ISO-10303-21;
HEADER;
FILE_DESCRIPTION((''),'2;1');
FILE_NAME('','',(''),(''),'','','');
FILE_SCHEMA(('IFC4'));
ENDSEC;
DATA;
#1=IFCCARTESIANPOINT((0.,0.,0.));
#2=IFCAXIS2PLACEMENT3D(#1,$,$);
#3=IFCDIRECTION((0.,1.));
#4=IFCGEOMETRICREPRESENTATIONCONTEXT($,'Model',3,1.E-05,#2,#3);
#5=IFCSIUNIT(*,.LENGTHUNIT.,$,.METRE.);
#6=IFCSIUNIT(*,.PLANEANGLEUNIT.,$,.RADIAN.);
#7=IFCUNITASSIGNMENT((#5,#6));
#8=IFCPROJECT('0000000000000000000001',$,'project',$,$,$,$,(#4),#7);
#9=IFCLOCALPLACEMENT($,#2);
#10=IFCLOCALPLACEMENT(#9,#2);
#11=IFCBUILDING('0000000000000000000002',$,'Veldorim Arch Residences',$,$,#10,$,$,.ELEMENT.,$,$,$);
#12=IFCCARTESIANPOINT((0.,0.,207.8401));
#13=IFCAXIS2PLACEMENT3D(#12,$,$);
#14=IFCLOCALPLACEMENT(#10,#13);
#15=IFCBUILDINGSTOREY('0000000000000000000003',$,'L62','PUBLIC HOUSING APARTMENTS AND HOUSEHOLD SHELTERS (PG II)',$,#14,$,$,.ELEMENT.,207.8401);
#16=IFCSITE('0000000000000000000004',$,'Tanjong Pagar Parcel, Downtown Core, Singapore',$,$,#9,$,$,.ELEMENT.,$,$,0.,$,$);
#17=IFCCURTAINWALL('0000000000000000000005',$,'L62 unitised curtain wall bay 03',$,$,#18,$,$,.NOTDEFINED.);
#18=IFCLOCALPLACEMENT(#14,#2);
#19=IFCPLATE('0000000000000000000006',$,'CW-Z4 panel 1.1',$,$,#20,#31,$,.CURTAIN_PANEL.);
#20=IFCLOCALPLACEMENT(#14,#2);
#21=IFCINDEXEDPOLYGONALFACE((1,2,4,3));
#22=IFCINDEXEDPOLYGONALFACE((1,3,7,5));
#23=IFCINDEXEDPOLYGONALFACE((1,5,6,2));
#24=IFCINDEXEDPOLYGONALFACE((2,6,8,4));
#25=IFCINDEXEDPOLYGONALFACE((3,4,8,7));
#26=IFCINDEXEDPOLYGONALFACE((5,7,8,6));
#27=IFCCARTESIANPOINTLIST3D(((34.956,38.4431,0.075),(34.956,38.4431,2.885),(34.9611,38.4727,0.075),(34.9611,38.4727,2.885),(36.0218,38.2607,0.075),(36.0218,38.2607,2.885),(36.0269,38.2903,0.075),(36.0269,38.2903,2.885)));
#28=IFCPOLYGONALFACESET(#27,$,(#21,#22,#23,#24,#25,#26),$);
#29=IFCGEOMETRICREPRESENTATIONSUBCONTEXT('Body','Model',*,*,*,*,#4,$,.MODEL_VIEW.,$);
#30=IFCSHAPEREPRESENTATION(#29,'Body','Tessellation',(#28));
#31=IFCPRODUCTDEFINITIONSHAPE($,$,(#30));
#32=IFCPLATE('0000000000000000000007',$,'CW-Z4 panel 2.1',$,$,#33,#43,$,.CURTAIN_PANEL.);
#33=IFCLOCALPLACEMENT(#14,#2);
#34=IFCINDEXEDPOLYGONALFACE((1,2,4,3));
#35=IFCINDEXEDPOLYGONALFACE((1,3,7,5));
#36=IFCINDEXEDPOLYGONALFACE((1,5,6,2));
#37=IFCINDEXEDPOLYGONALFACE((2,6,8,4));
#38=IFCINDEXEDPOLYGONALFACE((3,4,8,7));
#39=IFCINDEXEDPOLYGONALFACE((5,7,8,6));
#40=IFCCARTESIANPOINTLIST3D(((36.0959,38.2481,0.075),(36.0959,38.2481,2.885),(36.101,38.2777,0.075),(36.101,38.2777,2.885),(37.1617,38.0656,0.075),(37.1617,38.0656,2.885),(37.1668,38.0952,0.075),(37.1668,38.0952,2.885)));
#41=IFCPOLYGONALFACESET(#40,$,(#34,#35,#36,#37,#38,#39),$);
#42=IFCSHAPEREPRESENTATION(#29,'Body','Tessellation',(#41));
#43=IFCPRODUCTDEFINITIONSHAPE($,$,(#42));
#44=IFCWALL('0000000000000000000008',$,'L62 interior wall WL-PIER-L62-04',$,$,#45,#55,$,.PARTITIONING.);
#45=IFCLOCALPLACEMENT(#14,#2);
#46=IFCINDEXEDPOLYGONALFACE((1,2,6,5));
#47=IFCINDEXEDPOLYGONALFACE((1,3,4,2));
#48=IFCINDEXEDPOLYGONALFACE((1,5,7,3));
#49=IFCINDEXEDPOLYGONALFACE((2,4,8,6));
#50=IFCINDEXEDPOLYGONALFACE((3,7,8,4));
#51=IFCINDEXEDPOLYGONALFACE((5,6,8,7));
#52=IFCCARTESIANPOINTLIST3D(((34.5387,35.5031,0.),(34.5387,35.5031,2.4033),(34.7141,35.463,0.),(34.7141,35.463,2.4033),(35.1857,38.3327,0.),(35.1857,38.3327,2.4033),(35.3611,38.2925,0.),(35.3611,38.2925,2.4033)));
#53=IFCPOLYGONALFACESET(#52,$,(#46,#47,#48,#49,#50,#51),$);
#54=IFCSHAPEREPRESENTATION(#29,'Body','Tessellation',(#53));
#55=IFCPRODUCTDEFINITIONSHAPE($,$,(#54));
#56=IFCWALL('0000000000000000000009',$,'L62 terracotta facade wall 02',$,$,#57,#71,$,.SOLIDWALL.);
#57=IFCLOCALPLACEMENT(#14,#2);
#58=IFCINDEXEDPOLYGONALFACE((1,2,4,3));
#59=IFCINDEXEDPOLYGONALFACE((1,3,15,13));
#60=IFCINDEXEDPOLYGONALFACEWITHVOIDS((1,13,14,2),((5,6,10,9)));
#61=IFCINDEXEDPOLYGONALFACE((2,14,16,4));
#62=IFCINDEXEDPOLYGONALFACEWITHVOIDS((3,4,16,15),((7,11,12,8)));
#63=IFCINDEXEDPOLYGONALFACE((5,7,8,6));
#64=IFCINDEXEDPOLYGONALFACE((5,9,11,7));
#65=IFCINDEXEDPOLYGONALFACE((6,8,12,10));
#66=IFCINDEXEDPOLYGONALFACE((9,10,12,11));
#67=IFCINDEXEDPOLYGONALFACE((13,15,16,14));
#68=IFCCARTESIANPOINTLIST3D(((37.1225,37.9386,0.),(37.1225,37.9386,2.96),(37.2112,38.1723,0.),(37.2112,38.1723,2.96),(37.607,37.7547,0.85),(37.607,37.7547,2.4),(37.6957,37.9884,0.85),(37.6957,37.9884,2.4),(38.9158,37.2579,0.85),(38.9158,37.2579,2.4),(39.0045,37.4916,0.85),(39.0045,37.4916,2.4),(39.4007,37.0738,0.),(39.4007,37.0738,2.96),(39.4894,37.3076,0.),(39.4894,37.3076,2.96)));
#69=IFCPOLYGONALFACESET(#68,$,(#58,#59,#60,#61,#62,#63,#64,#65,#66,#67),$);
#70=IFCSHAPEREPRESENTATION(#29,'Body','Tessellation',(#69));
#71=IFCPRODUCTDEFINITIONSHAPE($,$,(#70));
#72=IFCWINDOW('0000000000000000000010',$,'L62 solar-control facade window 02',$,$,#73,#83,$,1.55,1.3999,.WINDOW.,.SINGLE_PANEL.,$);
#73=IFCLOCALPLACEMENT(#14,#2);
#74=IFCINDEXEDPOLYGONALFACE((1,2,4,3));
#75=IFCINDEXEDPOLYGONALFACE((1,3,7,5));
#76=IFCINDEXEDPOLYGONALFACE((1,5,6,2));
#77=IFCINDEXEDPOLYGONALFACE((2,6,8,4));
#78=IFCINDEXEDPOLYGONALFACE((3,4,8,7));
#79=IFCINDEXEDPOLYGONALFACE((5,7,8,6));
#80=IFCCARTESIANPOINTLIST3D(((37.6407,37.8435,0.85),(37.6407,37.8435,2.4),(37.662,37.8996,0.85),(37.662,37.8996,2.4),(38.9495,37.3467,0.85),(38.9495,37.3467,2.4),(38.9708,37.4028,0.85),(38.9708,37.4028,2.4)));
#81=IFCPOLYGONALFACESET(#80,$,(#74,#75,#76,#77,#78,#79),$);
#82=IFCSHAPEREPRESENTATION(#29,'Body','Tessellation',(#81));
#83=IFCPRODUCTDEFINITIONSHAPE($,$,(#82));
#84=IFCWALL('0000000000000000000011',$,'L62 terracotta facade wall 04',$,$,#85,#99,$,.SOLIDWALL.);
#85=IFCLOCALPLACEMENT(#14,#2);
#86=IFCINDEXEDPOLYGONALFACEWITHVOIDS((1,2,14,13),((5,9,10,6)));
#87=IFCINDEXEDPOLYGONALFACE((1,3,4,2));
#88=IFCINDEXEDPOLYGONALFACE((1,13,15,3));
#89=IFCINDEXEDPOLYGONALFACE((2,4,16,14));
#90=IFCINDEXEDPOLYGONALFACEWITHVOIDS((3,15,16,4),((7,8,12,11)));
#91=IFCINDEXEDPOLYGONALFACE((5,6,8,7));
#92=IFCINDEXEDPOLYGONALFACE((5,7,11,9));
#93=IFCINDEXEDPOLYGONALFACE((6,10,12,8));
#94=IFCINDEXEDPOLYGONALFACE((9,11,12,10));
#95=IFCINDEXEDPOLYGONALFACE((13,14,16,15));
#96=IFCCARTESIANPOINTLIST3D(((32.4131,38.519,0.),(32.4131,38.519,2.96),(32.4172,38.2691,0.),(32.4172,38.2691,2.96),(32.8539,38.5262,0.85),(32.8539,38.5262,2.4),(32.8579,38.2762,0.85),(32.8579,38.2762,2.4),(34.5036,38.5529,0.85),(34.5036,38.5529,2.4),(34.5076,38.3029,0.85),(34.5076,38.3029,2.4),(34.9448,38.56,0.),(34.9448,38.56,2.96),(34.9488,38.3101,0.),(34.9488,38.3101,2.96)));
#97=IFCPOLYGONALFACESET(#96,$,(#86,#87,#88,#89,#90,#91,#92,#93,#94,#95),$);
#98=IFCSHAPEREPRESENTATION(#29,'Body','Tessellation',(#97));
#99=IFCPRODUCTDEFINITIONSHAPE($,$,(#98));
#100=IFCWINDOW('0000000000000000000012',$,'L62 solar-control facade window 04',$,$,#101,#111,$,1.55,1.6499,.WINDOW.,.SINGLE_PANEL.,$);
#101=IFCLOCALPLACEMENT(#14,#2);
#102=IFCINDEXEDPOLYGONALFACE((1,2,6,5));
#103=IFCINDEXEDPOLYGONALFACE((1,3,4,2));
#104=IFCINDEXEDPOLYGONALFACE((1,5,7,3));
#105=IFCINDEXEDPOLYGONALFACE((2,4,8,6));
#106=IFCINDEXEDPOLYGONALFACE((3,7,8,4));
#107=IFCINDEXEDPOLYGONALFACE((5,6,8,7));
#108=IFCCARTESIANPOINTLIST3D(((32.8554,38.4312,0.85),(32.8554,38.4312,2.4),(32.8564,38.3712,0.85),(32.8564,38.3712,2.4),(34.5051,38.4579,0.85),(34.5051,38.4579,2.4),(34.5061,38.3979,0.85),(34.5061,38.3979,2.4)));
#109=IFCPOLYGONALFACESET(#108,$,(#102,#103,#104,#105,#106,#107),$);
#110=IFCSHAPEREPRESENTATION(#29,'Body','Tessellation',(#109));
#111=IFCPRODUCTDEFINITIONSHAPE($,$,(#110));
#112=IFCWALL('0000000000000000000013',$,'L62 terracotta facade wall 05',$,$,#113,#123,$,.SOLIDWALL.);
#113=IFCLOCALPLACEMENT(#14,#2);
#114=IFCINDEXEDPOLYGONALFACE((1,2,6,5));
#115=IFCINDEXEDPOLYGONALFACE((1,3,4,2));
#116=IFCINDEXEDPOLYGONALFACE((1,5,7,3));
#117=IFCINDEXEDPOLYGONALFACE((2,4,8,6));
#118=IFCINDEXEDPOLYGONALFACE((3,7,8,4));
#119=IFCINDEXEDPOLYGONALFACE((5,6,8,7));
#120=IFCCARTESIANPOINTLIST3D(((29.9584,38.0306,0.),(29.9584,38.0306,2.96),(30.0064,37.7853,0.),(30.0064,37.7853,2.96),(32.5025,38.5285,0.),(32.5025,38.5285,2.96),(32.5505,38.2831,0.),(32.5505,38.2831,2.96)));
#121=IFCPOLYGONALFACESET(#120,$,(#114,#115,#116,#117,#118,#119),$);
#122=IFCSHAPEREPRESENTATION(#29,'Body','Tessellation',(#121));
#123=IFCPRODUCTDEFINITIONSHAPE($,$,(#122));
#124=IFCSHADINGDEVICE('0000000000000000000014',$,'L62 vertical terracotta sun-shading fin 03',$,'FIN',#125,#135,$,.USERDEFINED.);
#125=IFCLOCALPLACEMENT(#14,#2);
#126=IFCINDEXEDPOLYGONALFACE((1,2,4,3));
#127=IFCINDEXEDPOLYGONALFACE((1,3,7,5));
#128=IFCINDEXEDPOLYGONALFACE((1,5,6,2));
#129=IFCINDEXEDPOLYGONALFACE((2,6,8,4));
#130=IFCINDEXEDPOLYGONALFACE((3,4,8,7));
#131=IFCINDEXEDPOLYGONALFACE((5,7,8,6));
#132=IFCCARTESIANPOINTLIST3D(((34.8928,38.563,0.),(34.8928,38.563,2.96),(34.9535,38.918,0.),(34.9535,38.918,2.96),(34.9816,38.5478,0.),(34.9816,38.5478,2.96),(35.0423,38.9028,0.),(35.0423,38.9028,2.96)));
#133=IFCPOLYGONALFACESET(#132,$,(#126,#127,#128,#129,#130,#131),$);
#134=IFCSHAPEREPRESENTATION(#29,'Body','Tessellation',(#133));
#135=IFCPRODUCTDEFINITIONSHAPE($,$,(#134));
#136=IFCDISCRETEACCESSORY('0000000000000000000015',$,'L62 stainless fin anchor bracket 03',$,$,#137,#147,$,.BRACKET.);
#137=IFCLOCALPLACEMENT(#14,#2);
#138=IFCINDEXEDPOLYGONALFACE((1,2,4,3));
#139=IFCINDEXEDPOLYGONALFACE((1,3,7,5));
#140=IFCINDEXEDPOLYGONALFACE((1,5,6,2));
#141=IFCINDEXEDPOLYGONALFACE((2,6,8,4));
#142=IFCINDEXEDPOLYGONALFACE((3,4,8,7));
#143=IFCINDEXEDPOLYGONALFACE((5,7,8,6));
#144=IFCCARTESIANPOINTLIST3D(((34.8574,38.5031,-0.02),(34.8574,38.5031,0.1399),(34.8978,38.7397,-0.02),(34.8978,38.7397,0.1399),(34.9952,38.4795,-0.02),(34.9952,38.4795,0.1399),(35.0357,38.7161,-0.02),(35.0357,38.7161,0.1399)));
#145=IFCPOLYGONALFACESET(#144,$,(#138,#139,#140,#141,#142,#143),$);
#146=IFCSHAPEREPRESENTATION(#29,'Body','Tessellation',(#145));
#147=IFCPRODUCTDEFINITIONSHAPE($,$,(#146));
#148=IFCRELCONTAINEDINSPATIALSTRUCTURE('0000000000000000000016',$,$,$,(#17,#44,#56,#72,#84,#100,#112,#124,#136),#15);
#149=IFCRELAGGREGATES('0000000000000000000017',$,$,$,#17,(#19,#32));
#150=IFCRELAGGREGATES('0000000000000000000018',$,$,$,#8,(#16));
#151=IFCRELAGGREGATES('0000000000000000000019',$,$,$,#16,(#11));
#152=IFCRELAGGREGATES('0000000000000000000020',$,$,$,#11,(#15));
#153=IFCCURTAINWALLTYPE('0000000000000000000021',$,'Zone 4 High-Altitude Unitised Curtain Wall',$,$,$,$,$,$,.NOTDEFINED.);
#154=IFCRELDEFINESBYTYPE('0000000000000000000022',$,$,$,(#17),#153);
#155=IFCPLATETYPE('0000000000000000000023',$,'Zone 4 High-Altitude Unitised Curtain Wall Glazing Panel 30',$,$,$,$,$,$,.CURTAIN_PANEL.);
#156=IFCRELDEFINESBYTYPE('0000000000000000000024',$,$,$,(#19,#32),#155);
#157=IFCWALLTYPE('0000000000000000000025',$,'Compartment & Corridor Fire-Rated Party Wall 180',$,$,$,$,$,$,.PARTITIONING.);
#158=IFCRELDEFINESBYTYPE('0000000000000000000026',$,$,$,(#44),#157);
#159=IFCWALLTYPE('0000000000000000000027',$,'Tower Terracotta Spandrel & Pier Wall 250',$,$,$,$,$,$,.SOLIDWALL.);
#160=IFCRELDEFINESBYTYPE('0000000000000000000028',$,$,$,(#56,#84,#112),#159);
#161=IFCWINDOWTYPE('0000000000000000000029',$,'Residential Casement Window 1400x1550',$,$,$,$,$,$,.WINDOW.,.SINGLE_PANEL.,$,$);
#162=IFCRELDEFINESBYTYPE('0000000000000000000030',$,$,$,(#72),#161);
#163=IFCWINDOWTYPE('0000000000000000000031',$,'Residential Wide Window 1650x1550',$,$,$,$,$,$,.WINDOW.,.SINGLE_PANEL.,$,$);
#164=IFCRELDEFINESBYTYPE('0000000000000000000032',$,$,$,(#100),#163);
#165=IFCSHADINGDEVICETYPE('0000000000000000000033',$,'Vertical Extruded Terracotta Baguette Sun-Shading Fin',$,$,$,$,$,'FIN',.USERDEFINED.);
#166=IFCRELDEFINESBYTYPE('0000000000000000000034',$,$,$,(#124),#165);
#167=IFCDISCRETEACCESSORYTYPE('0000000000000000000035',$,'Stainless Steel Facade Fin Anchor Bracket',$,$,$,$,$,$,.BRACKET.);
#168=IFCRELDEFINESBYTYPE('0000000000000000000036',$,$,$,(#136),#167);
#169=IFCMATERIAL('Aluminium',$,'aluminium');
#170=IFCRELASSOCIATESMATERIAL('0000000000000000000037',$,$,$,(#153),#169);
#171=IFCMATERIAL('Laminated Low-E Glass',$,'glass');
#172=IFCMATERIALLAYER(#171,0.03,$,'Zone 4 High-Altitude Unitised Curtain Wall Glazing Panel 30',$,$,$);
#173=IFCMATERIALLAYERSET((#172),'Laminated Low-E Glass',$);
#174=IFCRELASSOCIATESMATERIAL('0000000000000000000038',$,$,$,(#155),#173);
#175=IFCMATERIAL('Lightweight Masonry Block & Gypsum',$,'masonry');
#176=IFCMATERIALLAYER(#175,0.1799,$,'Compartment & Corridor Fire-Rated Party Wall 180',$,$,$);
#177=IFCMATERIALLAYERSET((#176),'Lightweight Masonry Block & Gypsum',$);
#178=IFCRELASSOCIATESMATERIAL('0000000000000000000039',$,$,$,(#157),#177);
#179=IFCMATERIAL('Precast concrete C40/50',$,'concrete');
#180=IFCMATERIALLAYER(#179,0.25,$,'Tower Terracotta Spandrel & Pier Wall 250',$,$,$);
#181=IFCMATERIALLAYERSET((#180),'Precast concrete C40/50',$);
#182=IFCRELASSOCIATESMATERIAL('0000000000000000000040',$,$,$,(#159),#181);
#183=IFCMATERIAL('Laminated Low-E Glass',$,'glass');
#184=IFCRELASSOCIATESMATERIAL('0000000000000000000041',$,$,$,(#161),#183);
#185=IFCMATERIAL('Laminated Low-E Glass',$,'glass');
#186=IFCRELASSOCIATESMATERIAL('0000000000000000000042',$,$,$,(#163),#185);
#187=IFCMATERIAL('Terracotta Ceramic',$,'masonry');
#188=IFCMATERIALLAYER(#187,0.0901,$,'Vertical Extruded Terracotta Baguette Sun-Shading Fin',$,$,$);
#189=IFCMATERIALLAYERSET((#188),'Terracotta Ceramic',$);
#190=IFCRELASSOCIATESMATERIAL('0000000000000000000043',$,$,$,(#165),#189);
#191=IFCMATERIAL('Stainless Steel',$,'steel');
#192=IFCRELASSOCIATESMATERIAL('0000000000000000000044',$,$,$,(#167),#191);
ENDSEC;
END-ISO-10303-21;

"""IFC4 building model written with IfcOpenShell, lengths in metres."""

from ifc_helpers import new_model, si_unit, direction, frame, frame_2d, origin, origin_2d, place, context, subcontext, project, spatial, rectangle, extrude, material, layer, layer_set, type_object, element, fill, aggregate, save


model = new_model("IFC4")

# Units and contexts
model_context = context("Model", 3, precision=1e-05, world=origin(), true_north=direction((0.0, 1.0)))
body_context = subcontext(model_context, "Body", "Model", "MODEL_VIEW")
ifc_project = project(units=[si_unit("LENGTHUNIT", "METRE"), si_unit("PLANEANGLEUNIT", "RADIAN")], contexts=[model_context])

# Site, building, storey
site_placement = place(None, origin())
site = spatial("IfcSite", under=ifc_project, at=site_placement, Name="Tanjong Pagar Parcel, Downtown Core, Singapore", CompositionType="ELEMENT", RefElevation=0.0)
building_placement = place(site_placement, origin())
building = spatial("IfcBuilding", under=site, at=building_placement, Name="Veldorim Arch Residences", CompositionType="ELEMENT")
storey_placement = place(building_placement, frame((0.0, 0.0, 207.8401)))
storey = spatial("IfcBuildingStorey", under=building, at=storey_placement, Name="L62", Description="PUBLIC HOUSING APARTMENTS AND HOUSEHOLD SHELTERS (PG II)", CompositionType="ELEMENT", Elevation=207.8401)

# Curtain wall
ifc_material_1 = material(Name="Aluminium", Category="aluminium")
curtain_wall_type = type_object("IfcCurtainWallType", Name="Zone 4 High-Altitude Unitised Curtain Wall", PredefinedType="NOTDEFINED", material=ifc_material_1)
curtain_wall_1_placement = place(storey_placement, origin())
curtain_wall_1 = element("IfcCurtainWall", 1, at=curtain_wall_1_placement, inside=storey, type_object=curtain_wall_type, Name="L62 unitised curtain wall bay 03", PredefinedType="NOTDEFINED")

# Plates
ifc_material_2 = material(Name="Laminated Low-E Glass", Category="glass")
ifc_layer_1 = layer(ifc_material_2, 0.03, Name="Zone 4 High-Altitude Unitised Curtain Wall Glazing Panel 30")
ifc_layer_set_1 = layer_set([ifc_layer_1], Name="Laminated Low-E Glass")
plate_type = type_object("IfcPlateType", Name="Zone 4 High-Altitude Unitised Curtain Wall Glazing Panel 30", PredefinedType="CURTAIN_PANEL", material=ifc_layer_set_1)
plate_1_placement = place(storey_placement, frame((35.4915, 38.3667, 0.075), z_axis=(0.0, 0.0, 1.0), x_axis=(0.985662, -0.16873, 0.0)))
plate_1 = element("IfcPlate", 2, at=plate_1_placement, type_object=plate_type, Name="CW-Z4 panel 1.1", PredefinedType="CURTAIN_PANEL", context=body_context, shape_type="SweptSolid", body=[
    extrude(rectangle(XDim=1.0813, YDim=0.03, at=origin_2d()), origin(), (0.0, 0.0, 1.0), 2.8101),
])
plate_2_placement = place(storey_placement, frame((36.6313, 38.1716, 0.075), z_axis=(0.0, 0.0, 1.0), x_axis=(0.985662, -0.16873, 0.0)))
plate_2 = element("IfcPlate", 3, at=plate_2_placement, type_object=plate_type, Name="CW-Z4 panel 2.1", PredefinedType="CURTAIN_PANEL", context=body_context, shape_type="SweptSolid", body=[
    extrude(rectangle(XDim=1.0813, YDim=0.03, at=origin_2d()), origin(), (0.0, 0.0, 1.0), 2.8101),
])
aggregate(curtain_wall_1, [plate_1, plate_2])

# Wall
ifc_material_3 = material(Name="Lightweight Masonry Block & Gypsum", Category="masonry")
ifc_layer_2 = layer(ifc_material_3, 0.1799, Name="Compartment & Corridor Fire-Rated Party Wall 180")
ifc_layer_set_2 = layer_set([ifc_layer_2], Name="Lightweight Masonry Block & Gypsum")
wall_type_1 = type_object("IfcWallType", Name="Compartment & Corridor Fire-Rated Party Wall 180", PredefinedType="PARTITIONING", material=ifc_layer_set_2)
wall_1_placement = place(storey_placement, frame((34.6265, 35.4832, 0.0), z_axis=(0.0, 0.0, 1.0), x_axis=(0.222893, 0.974843, 0.0)))
element("IfcWall", 4, at=wall_1_placement, inside=storey, type_object=wall_type_1, Name="L62 interior wall WL-PIER-L62-04", PredefinedType="PARTITIONING", context=body_context, shape_type="SweptSolid", body=[
    extrude(rectangle(XDim=2.9026, YDim=0.1799, at=frame_2d((1.4512, 0.0))), origin(), (0.0, 0.0, 1.0), 2.4033),
])

# Walls, openings, windows
ifc_material_4 = material(Name="Precast concrete C40/50", Category="concrete")
ifc_layer_3 = layer(ifc_material_4, 0.25, Name="Tower Terracotta Spandrel & Pier Wall 250")
ifc_layer_set_3 = layer_set([ifc_layer_3], Name="Precast concrete C40/50")
wall_type_2 = type_object("IfcWallType", Name="Tower Terracotta Spandrel & Pier Wall 250", PredefinedType="SOLIDWALL", material=ifc_layer_set_3)
wall_2_placement = place(storey_placement, frame((37.167, 38.0554, 0.0), z_axis=(0.0, 0.0, 1.0), x_axis=(0.934909, -0.354887, 0.0)))
wall_2 = element("IfcWall", 5, at=wall_2_placement, inside=storey, type_object=wall_type_2, Name="L62 terracotta facade wall 02", PredefinedType="SOLIDWALL", context=body_context, shape_type="SweptSolid", body=[
    extrude(rectangle(XDim=2.4368, YDim=0.25, at=frame_2d((1.2183, 0.0))), origin(), (0.0, 0.0, 1.0), 2.96),
])
opening_1_placement = place(wall_2_placement, frame((0.5181, 0.0, 0.8501)))
opening_1 = element("IfcOpeningElement", 6, at=opening_1_placement, cuts=wall_2, PredefinedType="OPENING", context=body_context, shape_type="SweptSolid", body=[
    extrude(rectangle(XDim=1.3999, YDim=1.55, at=frame_2d((0.7, 0.7749))), frame((0.0, 0.135, 0.0), z_axis=(0.0, -1.0, 0.0), x_axis=(1.0, 0.0, 0.0)), (0.0, 0.0, 1.0), 0.27),
])
ifc_material_5 = material(Name="Laminated Low-E Glass", Category="glass")
window_type_1 = type_object("IfcWindowType", Name="Residential Casement Window 1400x1550", PartitioningType="SINGLE_PANEL", PredefinedType="WINDOW", material=ifc_material_5)
window_1_placement = place(opening_1_placement, origin())
window_1 = element("IfcWindow", 7, at=window_1_placement, inside=storey, type_object=window_type_1, Name="L62 solar-control facade window 02", OverallHeight=1.55, OverallWidth=1.3999, PartitioningType="SINGLE_PANEL", PredefinedType="WINDOW", context=body_context, shape_type="SweptSolid", body=[
    extrude(rectangle(XDim=1.3999, YDim=1.55, at=frame_2d((0.7, 0.7749))), frame((0.0, 0.03, 0.0), z_axis=(0.0, -1.0, 0.0), x_axis=(1.0, 0.0, 0.0)), (0.0, 0.0, 1.0), 0.0601),
])
fill(opening_1, window_1)
wall_3_placement = place(storey_placement, frame((32.415, 38.394, 0.0), z_axis=(0.0, 0.0, 1.0), x_axis=(0.999869, 0.016198, 0.0)))
wall_3 = element("IfcWall", 8, at=wall_3_placement, inside=storey, type_object=wall_type_2, Name="L62 terracotta facade wall 04", PredefinedType="SOLIDWALL", context=body_context, shape_type="SweptSolid", body=[
    extrude(rectangle(XDim=2.532, YDim=0.25, at=frame_2d((1.2661, 0.0))), origin(), (0.0, 0.0, 1.0), 2.96),
])
opening_2_placement = place(wall_3_placement, frame((0.4409, 0.0, 0.8501)))
opening_2 = element("IfcOpeningElement", 9, at=opening_2_placement, cuts=wall_3, PredefinedType="OPENING", context=body_context, shape_type="SweptSolid", body=[
    extrude(rectangle(XDim=1.6499, YDim=1.55, at=frame_2d((0.825, 0.7749))), frame((0.0, 0.135, 0.0), z_axis=(0.0, -1.0, 0.0), x_axis=(1.0, 0.0, 0.0)), (0.0, 0.0, 1.0), 0.27),
])
ifc_material_6 = material(Name="Laminated Low-E Glass", Category="glass")
window_type_2 = type_object("IfcWindowType", Name="Residential Wide Window 1650x1550", PartitioningType="SINGLE_PANEL", PredefinedType="WINDOW", material=ifc_material_6)
window_2_placement = place(opening_2_placement, origin())
window_2 = element("IfcWindow", 10, at=window_2_placement, inside=storey, type_object=window_type_2, Name="L62 solar-control facade window 04", OverallHeight=1.55, OverallWidth=1.6499, PartitioningType="SINGLE_PANEL", PredefinedType="WINDOW", context=body_context, shape_type="SweptSolid", body=[
    extrude(rectangle(XDim=1.6499, YDim=1.55, at=frame_2d((0.825, 0.7749))), frame((0.0, 0.03, 0.0), z_axis=(0.0, -1.0, 0.0), x_axis=(1.0, 0.0, 0.0)), (0.0, 0.0, 1.0), 0.0601),
])
fill(opening_2, window_2)

# Wall
wall_4_placement = place(storey_placement, frame((29.9824, 37.908, 0.0), z_axis=(0.0, 0.0, 1.0), x_axis=(0.981387, 0.192039, 0.0)))
element("IfcWall", 11, at=wall_4_placement, inside=storey, type_object=wall_type_2, Name="L62 terracotta facade wall 05", PredefinedType="SOLIDWALL", context=body_context, shape_type="SweptSolid", body=[
    extrude(rectangle(XDim=2.5923, YDim=0.25, at=frame_2d((1.2961, 0.0))), origin(), (0.0, 0.0, 1.0), 2.96),
])

# Shading device
ifc_material_7 = material(Name="Terracotta Ceramic", Category="masonry")
ifc_layer_4 = layer(ifc_material_7, 0.0901, Name="Vertical Extruded Terracotta Baguette Sun-Shading Fin")
ifc_layer_set_4 = layer_set([ifc_layer_4], Name="Terracotta Ceramic")
shading_device_type = type_object("IfcShadingDeviceType", Name="Vertical Extruded Terracotta Baguette Sun-Shading Fin", ElementType="FIN", PredefinedType="USERDEFINED", material=ifc_layer_set_4)
shading_device_placement = place(storey_placement, frame((34.9675, 38.7329, 0.0), z_axis=(0.0, 0.0, 1.0), x_axis=(0.985674, -0.168661, 0.0)))
element("IfcShadingDevice", 12, at=shading_device_placement, inside=storey, type_object=shading_device_type, Name="L62 vertical terracotta sun-shading fin 03", ObjectType="FIN", PredefinedType="USERDEFINED", context=body_context, shape_type="SweptSolid", body=[
    extrude(rectangle(XDim=0.0901, YDim=0.3601, at=origin_2d()), origin(), (0.0, 0.0, 1.0), 2.96),
])

# Discrete accessory
ifc_material_8 = material(Name="Stainless Steel", Category="steel")
discrete_accessory_type = type_object("IfcDiscreteAccessoryType", Name="Stainless Steel Facade Fin Anchor Bracket", PredefinedType="BRACKET", material=ifc_material_8)
discrete_accessory_placement = place(storey_placement, frame((34.9465, 38.6096, -0.02), z_axis=(0.0, 0.0, 1.0), x_axis=(0.985674, -0.168661, 0.0)))
element("IfcDiscreteAccessory", 13, at=discrete_accessory_placement, inside=storey, type_object=discrete_accessory_type, Name="L62 stainless fin anchor bracket 03", PredefinedType="BRACKET", context=body_context, shape_type="SweptSolid", body=[
    extrude(rectangle(XDim=0.1399, YDim=0.24, at=origin_2d()), origin(), (0.0, 0.0, 1.0), 0.1599),
])

save(model, "model.ifc")
